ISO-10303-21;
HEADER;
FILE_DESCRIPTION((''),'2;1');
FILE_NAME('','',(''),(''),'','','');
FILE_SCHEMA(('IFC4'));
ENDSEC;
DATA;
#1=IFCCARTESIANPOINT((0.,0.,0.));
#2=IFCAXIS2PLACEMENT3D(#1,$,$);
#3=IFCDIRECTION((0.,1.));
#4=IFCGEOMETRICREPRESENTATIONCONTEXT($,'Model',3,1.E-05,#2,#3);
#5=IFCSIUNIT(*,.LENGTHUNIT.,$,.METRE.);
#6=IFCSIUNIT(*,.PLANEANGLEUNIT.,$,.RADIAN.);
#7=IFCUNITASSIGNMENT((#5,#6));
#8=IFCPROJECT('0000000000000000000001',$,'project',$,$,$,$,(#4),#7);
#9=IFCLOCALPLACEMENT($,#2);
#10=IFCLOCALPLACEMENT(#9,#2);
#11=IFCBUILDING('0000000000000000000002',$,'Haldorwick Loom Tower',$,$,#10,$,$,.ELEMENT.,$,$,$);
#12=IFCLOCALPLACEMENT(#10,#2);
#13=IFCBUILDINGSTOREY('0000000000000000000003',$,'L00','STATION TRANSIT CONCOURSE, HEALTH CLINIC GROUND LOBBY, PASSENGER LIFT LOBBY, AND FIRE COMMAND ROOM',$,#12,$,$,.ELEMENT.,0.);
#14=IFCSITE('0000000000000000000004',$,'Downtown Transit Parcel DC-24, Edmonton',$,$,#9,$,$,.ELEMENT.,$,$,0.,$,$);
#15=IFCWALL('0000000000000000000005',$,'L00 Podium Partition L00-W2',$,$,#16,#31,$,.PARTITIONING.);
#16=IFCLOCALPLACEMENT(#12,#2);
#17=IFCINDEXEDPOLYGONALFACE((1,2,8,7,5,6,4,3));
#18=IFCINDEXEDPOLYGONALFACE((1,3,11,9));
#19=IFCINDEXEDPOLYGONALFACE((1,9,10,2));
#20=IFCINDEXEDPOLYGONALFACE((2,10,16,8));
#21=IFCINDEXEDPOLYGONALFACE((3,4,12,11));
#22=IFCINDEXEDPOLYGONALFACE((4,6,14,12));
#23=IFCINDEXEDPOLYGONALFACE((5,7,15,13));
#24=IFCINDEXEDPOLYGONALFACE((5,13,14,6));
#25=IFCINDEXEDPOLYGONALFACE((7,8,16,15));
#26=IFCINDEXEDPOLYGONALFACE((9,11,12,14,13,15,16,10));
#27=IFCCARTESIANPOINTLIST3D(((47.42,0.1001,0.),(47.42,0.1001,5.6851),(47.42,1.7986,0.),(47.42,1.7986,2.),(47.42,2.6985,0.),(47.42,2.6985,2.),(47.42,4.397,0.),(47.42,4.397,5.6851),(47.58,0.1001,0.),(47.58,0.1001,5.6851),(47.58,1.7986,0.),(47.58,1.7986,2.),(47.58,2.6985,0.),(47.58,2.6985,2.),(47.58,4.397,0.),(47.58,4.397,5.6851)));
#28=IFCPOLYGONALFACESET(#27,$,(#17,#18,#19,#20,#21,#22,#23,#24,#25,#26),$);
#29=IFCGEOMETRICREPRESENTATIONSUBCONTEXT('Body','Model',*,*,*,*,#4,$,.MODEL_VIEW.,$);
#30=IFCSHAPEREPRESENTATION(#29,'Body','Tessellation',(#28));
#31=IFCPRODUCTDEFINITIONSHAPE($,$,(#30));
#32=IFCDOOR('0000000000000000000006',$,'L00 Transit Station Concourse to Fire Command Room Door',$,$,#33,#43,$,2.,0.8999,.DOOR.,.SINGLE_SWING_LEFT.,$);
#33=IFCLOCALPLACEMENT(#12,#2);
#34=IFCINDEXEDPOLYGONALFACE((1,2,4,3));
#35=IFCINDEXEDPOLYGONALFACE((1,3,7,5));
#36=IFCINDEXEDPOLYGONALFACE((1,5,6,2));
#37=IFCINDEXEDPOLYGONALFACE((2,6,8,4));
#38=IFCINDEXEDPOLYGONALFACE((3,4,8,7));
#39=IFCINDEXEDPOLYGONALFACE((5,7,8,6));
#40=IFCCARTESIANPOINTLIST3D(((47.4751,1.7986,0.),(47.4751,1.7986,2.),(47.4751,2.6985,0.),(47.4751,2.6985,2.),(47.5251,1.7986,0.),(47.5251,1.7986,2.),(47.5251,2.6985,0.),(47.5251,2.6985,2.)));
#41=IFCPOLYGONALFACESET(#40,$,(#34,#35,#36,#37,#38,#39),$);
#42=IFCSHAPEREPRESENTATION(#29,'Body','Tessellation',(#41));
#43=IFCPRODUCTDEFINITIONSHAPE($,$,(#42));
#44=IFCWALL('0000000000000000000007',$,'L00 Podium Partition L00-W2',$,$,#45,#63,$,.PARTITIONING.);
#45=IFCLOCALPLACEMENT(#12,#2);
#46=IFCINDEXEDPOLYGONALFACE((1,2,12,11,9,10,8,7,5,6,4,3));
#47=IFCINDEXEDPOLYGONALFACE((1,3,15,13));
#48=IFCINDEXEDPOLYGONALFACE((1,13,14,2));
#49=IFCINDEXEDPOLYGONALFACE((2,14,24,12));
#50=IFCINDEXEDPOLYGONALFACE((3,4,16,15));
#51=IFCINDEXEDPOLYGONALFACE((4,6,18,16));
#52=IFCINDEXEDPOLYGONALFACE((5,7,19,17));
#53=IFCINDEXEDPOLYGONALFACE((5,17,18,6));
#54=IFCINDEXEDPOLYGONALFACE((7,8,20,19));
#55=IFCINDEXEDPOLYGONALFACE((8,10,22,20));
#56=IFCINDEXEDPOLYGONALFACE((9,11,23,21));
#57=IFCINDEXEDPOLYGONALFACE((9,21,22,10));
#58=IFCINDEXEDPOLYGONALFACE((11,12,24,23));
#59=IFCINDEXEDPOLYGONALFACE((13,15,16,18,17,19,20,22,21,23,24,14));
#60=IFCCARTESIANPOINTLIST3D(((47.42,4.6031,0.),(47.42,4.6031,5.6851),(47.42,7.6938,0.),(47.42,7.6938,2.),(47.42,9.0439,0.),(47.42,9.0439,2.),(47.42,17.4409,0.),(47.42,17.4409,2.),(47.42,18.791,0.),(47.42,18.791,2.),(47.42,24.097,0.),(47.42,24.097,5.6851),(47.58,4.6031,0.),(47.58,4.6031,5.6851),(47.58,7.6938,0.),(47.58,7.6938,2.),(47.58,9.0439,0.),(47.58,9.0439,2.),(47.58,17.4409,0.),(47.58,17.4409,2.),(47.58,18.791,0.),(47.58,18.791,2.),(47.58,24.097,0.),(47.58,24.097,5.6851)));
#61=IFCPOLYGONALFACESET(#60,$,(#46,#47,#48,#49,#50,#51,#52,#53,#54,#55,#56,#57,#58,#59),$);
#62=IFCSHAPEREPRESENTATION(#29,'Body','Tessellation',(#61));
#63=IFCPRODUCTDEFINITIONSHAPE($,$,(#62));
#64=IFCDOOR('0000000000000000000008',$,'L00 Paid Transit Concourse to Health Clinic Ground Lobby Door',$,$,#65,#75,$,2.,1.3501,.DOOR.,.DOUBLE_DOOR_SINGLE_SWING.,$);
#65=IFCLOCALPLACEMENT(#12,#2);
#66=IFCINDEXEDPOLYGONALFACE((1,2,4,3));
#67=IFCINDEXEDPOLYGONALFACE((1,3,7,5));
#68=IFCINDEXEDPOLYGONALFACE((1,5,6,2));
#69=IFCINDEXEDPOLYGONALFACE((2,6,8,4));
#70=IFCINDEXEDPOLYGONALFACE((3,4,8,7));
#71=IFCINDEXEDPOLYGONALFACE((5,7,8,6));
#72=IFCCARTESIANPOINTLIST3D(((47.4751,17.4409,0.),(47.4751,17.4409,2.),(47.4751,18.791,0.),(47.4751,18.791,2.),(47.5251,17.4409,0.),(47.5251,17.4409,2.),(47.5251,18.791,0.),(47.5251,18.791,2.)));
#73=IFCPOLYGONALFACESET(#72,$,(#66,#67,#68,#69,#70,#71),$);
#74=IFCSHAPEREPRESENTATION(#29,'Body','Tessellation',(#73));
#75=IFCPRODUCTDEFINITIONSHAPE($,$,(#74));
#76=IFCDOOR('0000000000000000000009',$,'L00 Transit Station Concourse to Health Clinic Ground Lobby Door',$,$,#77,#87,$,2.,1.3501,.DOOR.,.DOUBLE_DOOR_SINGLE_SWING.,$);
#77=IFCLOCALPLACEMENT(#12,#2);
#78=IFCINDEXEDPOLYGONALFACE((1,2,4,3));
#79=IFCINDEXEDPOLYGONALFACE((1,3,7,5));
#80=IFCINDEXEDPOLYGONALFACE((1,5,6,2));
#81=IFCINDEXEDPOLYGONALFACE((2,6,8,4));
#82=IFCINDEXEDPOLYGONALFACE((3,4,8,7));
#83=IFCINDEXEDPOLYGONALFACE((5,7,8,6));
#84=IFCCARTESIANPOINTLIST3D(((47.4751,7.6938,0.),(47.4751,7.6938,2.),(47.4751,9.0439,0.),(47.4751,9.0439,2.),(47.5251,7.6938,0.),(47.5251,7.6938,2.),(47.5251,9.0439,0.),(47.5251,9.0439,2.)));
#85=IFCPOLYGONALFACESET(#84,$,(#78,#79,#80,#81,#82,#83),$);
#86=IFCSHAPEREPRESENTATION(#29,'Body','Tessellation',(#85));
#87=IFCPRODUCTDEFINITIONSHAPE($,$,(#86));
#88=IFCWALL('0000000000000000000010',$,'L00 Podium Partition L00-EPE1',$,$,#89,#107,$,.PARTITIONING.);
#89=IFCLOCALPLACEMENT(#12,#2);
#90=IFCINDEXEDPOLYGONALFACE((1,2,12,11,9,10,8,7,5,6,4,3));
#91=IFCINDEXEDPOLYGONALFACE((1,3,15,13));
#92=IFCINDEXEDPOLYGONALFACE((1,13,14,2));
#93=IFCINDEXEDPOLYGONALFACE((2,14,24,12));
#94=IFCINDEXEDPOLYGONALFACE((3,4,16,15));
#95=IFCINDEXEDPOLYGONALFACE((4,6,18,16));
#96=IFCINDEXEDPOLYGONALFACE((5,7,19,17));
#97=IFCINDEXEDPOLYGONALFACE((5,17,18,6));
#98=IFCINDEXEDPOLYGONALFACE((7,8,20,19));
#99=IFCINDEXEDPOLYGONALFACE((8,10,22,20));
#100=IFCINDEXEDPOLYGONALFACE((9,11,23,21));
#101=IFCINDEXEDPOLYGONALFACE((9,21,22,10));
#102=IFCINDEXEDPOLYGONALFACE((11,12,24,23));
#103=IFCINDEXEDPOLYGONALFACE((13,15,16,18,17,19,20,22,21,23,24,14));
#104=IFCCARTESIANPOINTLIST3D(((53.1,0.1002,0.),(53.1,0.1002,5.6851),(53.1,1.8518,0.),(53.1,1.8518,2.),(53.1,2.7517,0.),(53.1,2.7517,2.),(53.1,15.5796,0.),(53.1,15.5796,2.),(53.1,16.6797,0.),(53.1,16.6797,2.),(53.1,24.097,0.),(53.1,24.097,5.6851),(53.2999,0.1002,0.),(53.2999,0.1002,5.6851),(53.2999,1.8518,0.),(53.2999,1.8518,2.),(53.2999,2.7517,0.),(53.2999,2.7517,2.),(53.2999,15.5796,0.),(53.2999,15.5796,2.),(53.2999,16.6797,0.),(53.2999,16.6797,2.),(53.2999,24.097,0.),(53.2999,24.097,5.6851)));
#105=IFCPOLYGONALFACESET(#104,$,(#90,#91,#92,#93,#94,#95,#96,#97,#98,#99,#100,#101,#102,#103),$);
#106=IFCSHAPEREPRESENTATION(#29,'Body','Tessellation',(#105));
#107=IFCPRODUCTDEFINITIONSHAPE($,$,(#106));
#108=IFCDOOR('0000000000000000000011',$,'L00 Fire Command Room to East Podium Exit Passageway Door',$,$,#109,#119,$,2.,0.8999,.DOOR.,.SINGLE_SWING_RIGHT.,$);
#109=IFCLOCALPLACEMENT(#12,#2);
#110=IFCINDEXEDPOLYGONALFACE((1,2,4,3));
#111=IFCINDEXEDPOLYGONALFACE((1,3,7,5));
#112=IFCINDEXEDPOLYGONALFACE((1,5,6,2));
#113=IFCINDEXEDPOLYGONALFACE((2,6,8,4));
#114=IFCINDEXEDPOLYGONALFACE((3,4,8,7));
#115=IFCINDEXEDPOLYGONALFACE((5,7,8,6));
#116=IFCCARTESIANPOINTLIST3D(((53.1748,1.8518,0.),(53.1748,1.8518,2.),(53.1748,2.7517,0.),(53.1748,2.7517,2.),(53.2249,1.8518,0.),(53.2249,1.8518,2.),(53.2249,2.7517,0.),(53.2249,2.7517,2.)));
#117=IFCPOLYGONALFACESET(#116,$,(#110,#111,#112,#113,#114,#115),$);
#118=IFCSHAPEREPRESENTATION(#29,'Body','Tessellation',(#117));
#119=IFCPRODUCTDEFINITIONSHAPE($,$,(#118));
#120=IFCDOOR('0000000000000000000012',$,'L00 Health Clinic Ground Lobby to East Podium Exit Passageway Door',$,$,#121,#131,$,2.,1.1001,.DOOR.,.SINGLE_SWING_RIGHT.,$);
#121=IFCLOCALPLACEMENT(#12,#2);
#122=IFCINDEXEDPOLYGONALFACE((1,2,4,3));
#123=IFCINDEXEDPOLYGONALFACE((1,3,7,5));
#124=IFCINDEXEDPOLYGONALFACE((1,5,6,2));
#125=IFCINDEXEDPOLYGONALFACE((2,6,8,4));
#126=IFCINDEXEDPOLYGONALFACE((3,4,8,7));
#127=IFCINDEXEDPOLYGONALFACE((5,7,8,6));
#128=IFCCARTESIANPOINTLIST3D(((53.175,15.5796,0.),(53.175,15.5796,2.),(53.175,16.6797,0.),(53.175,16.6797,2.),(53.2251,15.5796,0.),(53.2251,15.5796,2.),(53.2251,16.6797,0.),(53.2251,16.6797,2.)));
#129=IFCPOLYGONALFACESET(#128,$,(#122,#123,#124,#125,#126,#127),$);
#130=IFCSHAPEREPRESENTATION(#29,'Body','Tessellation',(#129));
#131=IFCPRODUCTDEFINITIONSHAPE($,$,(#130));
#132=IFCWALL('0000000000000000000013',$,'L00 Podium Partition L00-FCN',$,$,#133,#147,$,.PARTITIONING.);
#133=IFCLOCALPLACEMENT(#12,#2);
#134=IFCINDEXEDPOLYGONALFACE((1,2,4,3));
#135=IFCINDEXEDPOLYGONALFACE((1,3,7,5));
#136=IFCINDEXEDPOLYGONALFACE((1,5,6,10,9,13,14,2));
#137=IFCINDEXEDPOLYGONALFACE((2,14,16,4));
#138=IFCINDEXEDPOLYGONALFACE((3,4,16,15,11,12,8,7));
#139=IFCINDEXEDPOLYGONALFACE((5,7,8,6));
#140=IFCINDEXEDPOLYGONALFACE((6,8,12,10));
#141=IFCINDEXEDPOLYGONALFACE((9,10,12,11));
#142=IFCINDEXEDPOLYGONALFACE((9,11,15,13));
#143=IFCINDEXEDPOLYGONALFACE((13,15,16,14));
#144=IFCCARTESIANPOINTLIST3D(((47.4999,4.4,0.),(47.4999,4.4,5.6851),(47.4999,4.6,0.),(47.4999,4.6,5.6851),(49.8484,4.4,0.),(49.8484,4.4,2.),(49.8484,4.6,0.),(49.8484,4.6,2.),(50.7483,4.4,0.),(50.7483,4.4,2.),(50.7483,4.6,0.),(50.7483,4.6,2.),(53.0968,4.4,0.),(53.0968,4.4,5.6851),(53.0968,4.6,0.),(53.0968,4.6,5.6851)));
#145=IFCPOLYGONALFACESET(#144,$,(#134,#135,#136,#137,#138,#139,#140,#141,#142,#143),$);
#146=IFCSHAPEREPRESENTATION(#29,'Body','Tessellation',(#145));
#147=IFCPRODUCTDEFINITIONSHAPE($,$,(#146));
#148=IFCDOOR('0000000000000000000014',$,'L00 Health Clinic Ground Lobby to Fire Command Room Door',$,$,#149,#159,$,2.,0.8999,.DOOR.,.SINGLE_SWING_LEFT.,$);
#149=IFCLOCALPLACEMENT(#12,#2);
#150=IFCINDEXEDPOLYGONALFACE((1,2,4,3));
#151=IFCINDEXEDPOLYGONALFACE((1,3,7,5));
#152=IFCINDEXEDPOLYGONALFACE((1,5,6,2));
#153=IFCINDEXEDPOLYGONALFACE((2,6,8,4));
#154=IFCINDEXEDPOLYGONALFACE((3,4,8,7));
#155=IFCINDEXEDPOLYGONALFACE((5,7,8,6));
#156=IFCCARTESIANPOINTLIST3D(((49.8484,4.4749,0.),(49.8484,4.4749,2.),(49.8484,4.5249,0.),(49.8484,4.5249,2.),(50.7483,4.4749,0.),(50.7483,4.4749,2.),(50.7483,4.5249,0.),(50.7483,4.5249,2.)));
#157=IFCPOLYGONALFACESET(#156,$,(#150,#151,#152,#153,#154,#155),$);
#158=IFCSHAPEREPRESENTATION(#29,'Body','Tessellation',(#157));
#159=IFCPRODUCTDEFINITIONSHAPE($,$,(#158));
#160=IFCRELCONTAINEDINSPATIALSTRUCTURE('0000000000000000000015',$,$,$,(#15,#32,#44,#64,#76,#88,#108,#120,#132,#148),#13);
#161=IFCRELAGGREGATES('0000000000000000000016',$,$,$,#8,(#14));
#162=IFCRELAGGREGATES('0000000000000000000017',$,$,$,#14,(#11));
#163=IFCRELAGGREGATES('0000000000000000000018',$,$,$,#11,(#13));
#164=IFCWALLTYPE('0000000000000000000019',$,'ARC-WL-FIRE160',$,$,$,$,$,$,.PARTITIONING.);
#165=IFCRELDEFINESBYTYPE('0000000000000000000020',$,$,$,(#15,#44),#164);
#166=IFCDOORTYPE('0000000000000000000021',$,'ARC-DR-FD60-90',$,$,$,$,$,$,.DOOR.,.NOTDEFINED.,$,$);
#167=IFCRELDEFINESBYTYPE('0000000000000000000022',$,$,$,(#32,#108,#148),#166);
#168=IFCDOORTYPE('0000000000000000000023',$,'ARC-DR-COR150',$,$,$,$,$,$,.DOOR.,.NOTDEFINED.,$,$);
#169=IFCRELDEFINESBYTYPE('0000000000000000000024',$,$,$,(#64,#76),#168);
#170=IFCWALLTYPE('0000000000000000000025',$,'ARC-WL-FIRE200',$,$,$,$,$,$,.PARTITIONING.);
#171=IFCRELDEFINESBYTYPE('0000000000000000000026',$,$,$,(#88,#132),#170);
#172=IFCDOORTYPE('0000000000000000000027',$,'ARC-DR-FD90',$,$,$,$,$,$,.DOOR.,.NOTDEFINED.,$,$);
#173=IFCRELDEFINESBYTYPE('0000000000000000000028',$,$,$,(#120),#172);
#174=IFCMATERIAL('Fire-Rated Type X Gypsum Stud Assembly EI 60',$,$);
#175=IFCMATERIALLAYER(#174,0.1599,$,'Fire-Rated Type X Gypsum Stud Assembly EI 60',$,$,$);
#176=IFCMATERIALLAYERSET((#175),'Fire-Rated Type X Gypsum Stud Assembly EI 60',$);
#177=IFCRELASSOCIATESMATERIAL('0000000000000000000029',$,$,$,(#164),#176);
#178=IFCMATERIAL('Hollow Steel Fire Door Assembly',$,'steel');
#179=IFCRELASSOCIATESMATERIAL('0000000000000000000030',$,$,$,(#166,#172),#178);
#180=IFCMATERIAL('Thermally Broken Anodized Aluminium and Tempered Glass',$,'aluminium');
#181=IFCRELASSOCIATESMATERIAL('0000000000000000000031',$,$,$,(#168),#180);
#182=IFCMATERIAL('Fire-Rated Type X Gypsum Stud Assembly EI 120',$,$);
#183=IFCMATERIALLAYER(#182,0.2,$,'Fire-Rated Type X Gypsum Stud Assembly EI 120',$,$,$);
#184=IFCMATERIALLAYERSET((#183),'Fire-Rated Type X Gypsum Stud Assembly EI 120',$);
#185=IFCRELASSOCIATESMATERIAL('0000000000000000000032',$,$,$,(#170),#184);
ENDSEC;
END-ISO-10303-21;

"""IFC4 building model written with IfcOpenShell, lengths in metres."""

from ifc_helpers import new_model, si_unit, direction, frame, frame_2d, origin, place, context, subcontext, project, spatial, rectangle, extrude, material, layer, layer_set, type_object, element, fill, save


model = new_model("IFC4")

# Units and contexts
model_context = context("Model", 3, precision=1e-05, world=origin(), true_north=direction((0.0, 1.0)))
body_context = subcontext(model_context, "Body", "Model", "MODEL_VIEW")
ifc_project = project(units=[si_unit("LENGTHUNIT", "METRE"), si_unit("PLANEANGLEUNIT", "RADIAN")], contexts=[model_context])

# Site, building, storey
site_placement = place(None, origin())
site = spatial("IfcSite", under=ifc_project, at=site_placement, Name="Downtown Transit Parcel DC-24, Edmonton", CompositionType="ELEMENT", RefElevation=0.0)
building_placement = place(site_placement, origin())
building = spatial("IfcBuilding", under=site, at=building_placement, Name="Haldorwick Loom Tower", CompositionType="ELEMENT")
storey_placement = place(building_placement, origin())
storey = spatial("IfcBuildingStorey", under=building, at=storey_placement, Name="L00", Description="STATION TRANSIT CONCOURSE, HEALTH CLINIC GROUND LOBBY, PASSENGER LIFT LOBBY, AND FIRE COMMAND ROOM", CompositionType="ELEMENT", Elevation=0.0)

# Wall, opening, door
ifc_material_1 = material(Name="Fire-Rated Type X Gypsum Stud Assembly EI 60")
ifc_layer_1 = layer(ifc_material_1, 0.1599, Name="Fire-Rated Type X Gypsum Stud Assembly EI 60")
ifc_layer_set_1 = layer_set([ifc_layer_1], Name="Fire-Rated Type X Gypsum Stud Assembly EI 60")
wall_type_1 = type_object("IfcWallType", Name="ARC-WL-FIRE160", PredefinedType="PARTITIONING", material=ifc_layer_set_1)
wall_1_placement = place(storey_placement, frame((47.5, 0.1001, 0.0), z_axis=(0.0, 0.0, 1.0), x_axis=(0.0, 1.0, 0.0)))
wall_1 = element("IfcWall", 1, at=wall_1_placement, inside=storey, type_object=wall_type_1, Name="L00 Podium Partition L00-W2", PredefinedType="PARTITIONING", context=body_context, shape_type="SweptSolid", body=[
    extrude(rectangle(XDim=4.2969, YDim=0.1599, at=frame_2d((2.1484, 0.0))), origin(), (0.0, 0.0, 1.0), 5.6851),
])
opening_1_placement = place(wall_1_placement, frame((1.6985, 0.0, 0.0)))
opening_1 = element("IfcOpeningElement", 2, at=opening_1_placement, cuts=wall_1, PredefinedType="OPENING", context=body_context, shape_type="SweptSolid", body=[
    extrude(rectangle(XDim=0.8999, YDim=2.0, at=frame_2d((0.45, 1.0))), frame((0.0, 0.0898, 0.0), z_axis=(0.0, -1.0, 0.0), x_axis=(1.0, 0.0, 0.0)), (0.0, 0.0, 1.0), 0.1799),
])
ifc_material_2 = material(Name="Hollow Steel Fire Door Assembly", Category="steel")
door_type_1 = type_object("IfcDoorType", Name="ARC-DR-FD60-90", OperationType="NOTDEFINED", PredefinedType="DOOR", material=ifc_material_2)
door_1_placement = place(opening_1_placement, origin())
door_1 = element("IfcDoor", 3, at=door_1_placement, inside=storey, type_object=door_type_1, Name="L00 Transit Station Concourse to Fire Command Room Door", OperationType="SINGLE_SWING_LEFT", OverallHeight=2.0, OverallWidth=0.8999, PredefinedType="DOOR", context=body_context, shape_type="SweptSolid", body=[
    extrude(rectangle(XDim=0.8999, YDim=2.0, at=frame_2d((0.45, 1.0))), frame((0.0, 0.0249, 0.0), z_axis=(0.0, -1.0, 0.0), x_axis=(1.0, 0.0, 0.0)), (0.0, 0.0, 1.0), 0.05),
])
fill(opening_1, door_1)

# Walls, openings, doors
wall_2_placement = place(storey_placement, frame((47.5, 4.603, 0.0), z_axis=(0.0, 0.0, 1.0), x_axis=(0.0, 1.0, 0.0)))
wall_2 = element("IfcWall", 4, at=wall_2_placement, inside=storey, type_object=wall_type_1, Name="L00 Podium Partition L00-W2", PredefinedType="PARTITIONING", context=body_context, shape_type="SweptSolid", body=[
    extrude(rectangle(XDim=19.4939, YDim=0.1599, at=frame_2d((9.7471, 0.0))), origin(), (0.0, 0.0, 1.0), 5.6851),
])
opening_2_placement = place(wall_2_placement, frame((12.8379, 0.0, 0.0)))
opening_2 = element("IfcOpeningElement", 5, at=opening_2_placement, cuts=wall_2, PredefinedType="OPENING", context=body_context, shape_type="SweptSolid", body=[
    extrude(rectangle(XDim=1.3501, YDim=2.0, at=frame_2d((0.675, 1.0))), frame((0.0, 0.0898, 0.0), z_axis=(0.0, -1.0, 0.0), x_axis=(1.0, 0.0, 0.0)), (0.0, 0.0, 1.0), 0.1799),
])
opening_3_placement = place(wall_2_placement, frame((3.0908, 0.0, 0.0)))
opening_3 = element("IfcOpeningElement", 6, at=opening_3_placement, cuts=wall_2, PredefinedType="OPENING", context=body_context, shape_type="SweptSolid", body=[
    extrude(rectangle(XDim=1.3501, YDim=2.0, at=frame_2d((0.675, 1.0))), frame((0.0, 0.0898, 0.0), z_axis=(0.0, -1.0, 0.0), x_axis=(1.0, 0.0, 0.0)), (0.0, 0.0, 1.0), 0.1799),
])
ifc_material_3 = material(Name="Thermally Broken Anodized Aluminium and Tempered Glass", Category="aluminium")
door_type_2 = type_object("IfcDoorType", Name="ARC-DR-COR150", OperationType="NOTDEFINED", PredefinedType="DOOR", material=ifc_material_3)
door_2_placement = place(opening_2_placement, origin())
door_2 = element("IfcDoor", 7, at=door_2_placement, inside=storey, type_object=door_type_2, Name="L00 Paid Transit Concourse to Health Clinic Ground Lobby Door", OperationType="DOUBLE_DOOR_SINGLE_SWING", OverallHeight=2.0, OverallWidth=1.3501, PredefinedType="DOOR", context=body_context, shape_type="SweptSolid", body=[
    extrude(rectangle(XDim=1.3501, YDim=2.0, at=frame_2d((0.675, 1.0))), frame((0.0, 0.0249, 0.0), z_axis=(0.0, -1.0, 0.0), x_axis=(1.0, 0.0, 0.0)), (0.0, 0.0, 1.0), 0.05),
])
fill(opening_2, door_2)
door_3_placement = place(opening_3_placement, origin())
door_3 = element("IfcDoor", 8, at=door_3_placement, inside=storey, type_object=door_type_2, Name="L00 Transit Station Concourse to Health Clinic Ground Lobby Door", OperationType="DOUBLE_DOOR_SINGLE_SWING", OverallHeight=2.0, OverallWidth=1.3501, PredefinedType="DOOR", context=body_context, shape_type="SweptSolid", body=[
    extrude(rectangle(XDim=1.3501, YDim=2.0, at=frame_2d((0.675, 1.0))), frame((0.0, 0.0249, 0.0), z_axis=(0.0, -1.0, 0.0), x_axis=(1.0, 0.0, 0.0)), (0.0, 0.0, 1.0), 0.05),
])
fill(opening_3, door_3)
ifc_material_4 = material(Name="Fire-Rated Type X Gypsum Stud Assembly EI 120")
ifc_layer_2 = layer(ifc_material_4, 0.2, Name="Fire-Rated Type X Gypsum Stud Assembly EI 120")
ifc_layer_set_2 = layer_set([ifc_layer_2], Name="Fire-Rated Type X Gypsum Stud Assembly EI 120")
wall_type_2 = type_object("IfcWallType", Name="ARC-WL-FIRE200", PredefinedType="PARTITIONING", material=ifc_layer_set_2)
wall_3_placement = place(storey_placement, frame((53.2, 0.1001, 0.0), z_axis=(0.0, 0.0, 1.0), x_axis=(0.0, 1.0, 0.0)))
wall_3 = element("IfcWall", 9, at=wall_3_placement, inside=storey, type_object=wall_type_2, Name="L00 Podium Partition L00-EPE1", PredefinedType="PARTITIONING", context=body_context, shape_type="SweptSolid", body=[
    extrude(rectangle(XDim=23.9968, YDim=0.2, at=frame_2d((11.9985, 0.0))), origin(), (0.0, 0.0, 1.0), 5.6851),
])
opening_4_placement = place(wall_3_placement, frame((15.4795, 0.0, 0.0)))
opening_4 = element("IfcOpeningElement", 10, at=opening_4_placement, cuts=wall_3, PredefinedType="OPENING", context=body_context, shape_type="SweptSolid", body=[
    extrude(rectangle(XDim=1.1001, YDim=2.0, at=frame_2d((0.55, 1.0))), frame((0.0, 0.1099, 0.0), z_axis=(0.0, -1.0, 0.0), x_axis=(1.0, 0.0, 0.0)), (0.0, 0.0, 1.0), 0.22),
])
opening_5_placement = place(wall_3_placement, frame((1.7517, 0.0, 0.0)))
opening_5 = element("IfcOpeningElement", 11, at=opening_5_placement, cuts=wall_3, PredefinedType="OPENING", context=body_context, shape_type="SweptSolid", body=[
    extrude(rectangle(XDim=0.8999, YDim=2.0, at=frame_2d((0.45, 1.0))), frame((0.0, 0.1099, 0.0), z_axis=(0.0, -1.0, 0.0), x_axis=(1.0, 0.0, 0.0)), (0.0, 0.0, 1.0), 0.22),
])
door_4_placement = place(opening_5_placement, frame((0.8999, 0.0, 0.0), z_axis=(0.0, 0.0, 1.0), x_axis=(-1.0, 0.0, 0.0)))
door_4 = element("IfcDoor", 12, at=door_4_placement, inside=storey, type_object=door_type_1, Name="L00 Fire Command Room to East Podium Exit Passageway Door", OperationType="SINGLE_SWING_RIGHT", OverallHeight=2.0, OverallWidth=0.8999, PredefinedType="DOOR", context=body_context, shape_type="SweptSolid", body=[
    extrude(rectangle(XDim=0.8999, YDim=2.0, at=frame_2d((0.45, 1.0))), frame((0.0, 0.0249, 0.0), z_axis=(0.0, -1.0, 0.0), x_axis=(1.0, 0.0, 0.0)), (0.0, 0.0, 1.0), 0.05),
])
fill(opening_5, door_4)
door_type_3 = type_object("IfcDoorType", Name="ARC-DR-FD90", OperationType="NOTDEFINED", PredefinedType="DOOR", material=ifc_material_2)
door_5_placement = place(opening_4_placement, origin())
door_5 = element("IfcDoor", 13, at=door_5_placement, inside=storey, type_object=door_type_3, Name="L00 Health Clinic Ground Lobby to East Podium Exit Passageway Door", OperationType="SINGLE_SWING_RIGHT", OverallHeight=2.0, OverallWidth=1.1001, PredefinedType="DOOR", context=body_context, shape_type="SweptSolid", body=[
    extrude(rectangle(XDim=1.1001, YDim=2.0, at=frame_2d((0.55, 1.0))), frame((0.0, 0.0249, 0.0), z_axis=(0.0, -1.0, 0.0), x_axis=(1.0, 0.0, 0.0)), (0.0, 0.0, 1.0), 0.05),
])
fill(opening_4, door_5)

# Wall, opening, door
wall_4_placement = place(storey_placement, frame((47.5, 4.5, 0.0), z_axis=(0.0, 0.0, 1.0), x_axis=(1.0, 0.0, 0.0)))
wall_4 = element("IfcWall", 14, at=wall_4_placement, inside=storey, type_object=wall_type_2, Name="L00 Podium Partition L00-FCN", PredefinedType="PARTITIONING", context=body_context, shape_type="SweptSolid", body=[
    extrude(rectangle(XDim=5.5969, YDim=0.2, at=frame_2d((2.7983, 0.0))), origin(), (0.0, 0.0, 1.0), 5.6851),
])
opening_6_placement = place(wall_4_placement, frame((2.3484, 0.0, 0.0)))
opening_6 = element("IfcOpeningElement", 15, at=opening_6_placement, cuts=wall_4, PredefinedType="OPENING", context=body_context, shape_type="SweptSolid", body=[
    extrude(rectangle(XDim=0.8999, YDim=2.0, at=frame_2d((0.45, 1.0))), frame((0.0, 0.1099, 0.0), z_axis=(0.0, -1.0, 0.0), x_axis=(1.0, 0.0, 0.0)), (0.0, 0.0, 1.0), 0.22),
])
door_6_placement = place(opening_6_placement, origin())
door_6 = element("IfcDoor", 16, at=door_6_placement, inside=storey, type_object=door_type_1, Name="L00 Health Clinic Ground Lobby to Fire Command Room Door", OperationType="SINGLE_SWING_LEFT", OverallHeight=2.0, OverallWidth=0.8999, PredefinedType="DOOR", context=body_context, shape_type="SweptSolid", body=[
    extrude(rectangle(XDim=0.8999, YDim=2.0, at=frame_2d((0.45, 1.0))), frame((0.0, 0.0249, 0.0), z_axis=(0.0, -1.0, 0.0), x_axis=(1.0, 0.0, 0.0)), (0.0, 0.0, 1.0), 0.05),
])
fill(opening_6, door_6)

save(model, "model.ifc")
